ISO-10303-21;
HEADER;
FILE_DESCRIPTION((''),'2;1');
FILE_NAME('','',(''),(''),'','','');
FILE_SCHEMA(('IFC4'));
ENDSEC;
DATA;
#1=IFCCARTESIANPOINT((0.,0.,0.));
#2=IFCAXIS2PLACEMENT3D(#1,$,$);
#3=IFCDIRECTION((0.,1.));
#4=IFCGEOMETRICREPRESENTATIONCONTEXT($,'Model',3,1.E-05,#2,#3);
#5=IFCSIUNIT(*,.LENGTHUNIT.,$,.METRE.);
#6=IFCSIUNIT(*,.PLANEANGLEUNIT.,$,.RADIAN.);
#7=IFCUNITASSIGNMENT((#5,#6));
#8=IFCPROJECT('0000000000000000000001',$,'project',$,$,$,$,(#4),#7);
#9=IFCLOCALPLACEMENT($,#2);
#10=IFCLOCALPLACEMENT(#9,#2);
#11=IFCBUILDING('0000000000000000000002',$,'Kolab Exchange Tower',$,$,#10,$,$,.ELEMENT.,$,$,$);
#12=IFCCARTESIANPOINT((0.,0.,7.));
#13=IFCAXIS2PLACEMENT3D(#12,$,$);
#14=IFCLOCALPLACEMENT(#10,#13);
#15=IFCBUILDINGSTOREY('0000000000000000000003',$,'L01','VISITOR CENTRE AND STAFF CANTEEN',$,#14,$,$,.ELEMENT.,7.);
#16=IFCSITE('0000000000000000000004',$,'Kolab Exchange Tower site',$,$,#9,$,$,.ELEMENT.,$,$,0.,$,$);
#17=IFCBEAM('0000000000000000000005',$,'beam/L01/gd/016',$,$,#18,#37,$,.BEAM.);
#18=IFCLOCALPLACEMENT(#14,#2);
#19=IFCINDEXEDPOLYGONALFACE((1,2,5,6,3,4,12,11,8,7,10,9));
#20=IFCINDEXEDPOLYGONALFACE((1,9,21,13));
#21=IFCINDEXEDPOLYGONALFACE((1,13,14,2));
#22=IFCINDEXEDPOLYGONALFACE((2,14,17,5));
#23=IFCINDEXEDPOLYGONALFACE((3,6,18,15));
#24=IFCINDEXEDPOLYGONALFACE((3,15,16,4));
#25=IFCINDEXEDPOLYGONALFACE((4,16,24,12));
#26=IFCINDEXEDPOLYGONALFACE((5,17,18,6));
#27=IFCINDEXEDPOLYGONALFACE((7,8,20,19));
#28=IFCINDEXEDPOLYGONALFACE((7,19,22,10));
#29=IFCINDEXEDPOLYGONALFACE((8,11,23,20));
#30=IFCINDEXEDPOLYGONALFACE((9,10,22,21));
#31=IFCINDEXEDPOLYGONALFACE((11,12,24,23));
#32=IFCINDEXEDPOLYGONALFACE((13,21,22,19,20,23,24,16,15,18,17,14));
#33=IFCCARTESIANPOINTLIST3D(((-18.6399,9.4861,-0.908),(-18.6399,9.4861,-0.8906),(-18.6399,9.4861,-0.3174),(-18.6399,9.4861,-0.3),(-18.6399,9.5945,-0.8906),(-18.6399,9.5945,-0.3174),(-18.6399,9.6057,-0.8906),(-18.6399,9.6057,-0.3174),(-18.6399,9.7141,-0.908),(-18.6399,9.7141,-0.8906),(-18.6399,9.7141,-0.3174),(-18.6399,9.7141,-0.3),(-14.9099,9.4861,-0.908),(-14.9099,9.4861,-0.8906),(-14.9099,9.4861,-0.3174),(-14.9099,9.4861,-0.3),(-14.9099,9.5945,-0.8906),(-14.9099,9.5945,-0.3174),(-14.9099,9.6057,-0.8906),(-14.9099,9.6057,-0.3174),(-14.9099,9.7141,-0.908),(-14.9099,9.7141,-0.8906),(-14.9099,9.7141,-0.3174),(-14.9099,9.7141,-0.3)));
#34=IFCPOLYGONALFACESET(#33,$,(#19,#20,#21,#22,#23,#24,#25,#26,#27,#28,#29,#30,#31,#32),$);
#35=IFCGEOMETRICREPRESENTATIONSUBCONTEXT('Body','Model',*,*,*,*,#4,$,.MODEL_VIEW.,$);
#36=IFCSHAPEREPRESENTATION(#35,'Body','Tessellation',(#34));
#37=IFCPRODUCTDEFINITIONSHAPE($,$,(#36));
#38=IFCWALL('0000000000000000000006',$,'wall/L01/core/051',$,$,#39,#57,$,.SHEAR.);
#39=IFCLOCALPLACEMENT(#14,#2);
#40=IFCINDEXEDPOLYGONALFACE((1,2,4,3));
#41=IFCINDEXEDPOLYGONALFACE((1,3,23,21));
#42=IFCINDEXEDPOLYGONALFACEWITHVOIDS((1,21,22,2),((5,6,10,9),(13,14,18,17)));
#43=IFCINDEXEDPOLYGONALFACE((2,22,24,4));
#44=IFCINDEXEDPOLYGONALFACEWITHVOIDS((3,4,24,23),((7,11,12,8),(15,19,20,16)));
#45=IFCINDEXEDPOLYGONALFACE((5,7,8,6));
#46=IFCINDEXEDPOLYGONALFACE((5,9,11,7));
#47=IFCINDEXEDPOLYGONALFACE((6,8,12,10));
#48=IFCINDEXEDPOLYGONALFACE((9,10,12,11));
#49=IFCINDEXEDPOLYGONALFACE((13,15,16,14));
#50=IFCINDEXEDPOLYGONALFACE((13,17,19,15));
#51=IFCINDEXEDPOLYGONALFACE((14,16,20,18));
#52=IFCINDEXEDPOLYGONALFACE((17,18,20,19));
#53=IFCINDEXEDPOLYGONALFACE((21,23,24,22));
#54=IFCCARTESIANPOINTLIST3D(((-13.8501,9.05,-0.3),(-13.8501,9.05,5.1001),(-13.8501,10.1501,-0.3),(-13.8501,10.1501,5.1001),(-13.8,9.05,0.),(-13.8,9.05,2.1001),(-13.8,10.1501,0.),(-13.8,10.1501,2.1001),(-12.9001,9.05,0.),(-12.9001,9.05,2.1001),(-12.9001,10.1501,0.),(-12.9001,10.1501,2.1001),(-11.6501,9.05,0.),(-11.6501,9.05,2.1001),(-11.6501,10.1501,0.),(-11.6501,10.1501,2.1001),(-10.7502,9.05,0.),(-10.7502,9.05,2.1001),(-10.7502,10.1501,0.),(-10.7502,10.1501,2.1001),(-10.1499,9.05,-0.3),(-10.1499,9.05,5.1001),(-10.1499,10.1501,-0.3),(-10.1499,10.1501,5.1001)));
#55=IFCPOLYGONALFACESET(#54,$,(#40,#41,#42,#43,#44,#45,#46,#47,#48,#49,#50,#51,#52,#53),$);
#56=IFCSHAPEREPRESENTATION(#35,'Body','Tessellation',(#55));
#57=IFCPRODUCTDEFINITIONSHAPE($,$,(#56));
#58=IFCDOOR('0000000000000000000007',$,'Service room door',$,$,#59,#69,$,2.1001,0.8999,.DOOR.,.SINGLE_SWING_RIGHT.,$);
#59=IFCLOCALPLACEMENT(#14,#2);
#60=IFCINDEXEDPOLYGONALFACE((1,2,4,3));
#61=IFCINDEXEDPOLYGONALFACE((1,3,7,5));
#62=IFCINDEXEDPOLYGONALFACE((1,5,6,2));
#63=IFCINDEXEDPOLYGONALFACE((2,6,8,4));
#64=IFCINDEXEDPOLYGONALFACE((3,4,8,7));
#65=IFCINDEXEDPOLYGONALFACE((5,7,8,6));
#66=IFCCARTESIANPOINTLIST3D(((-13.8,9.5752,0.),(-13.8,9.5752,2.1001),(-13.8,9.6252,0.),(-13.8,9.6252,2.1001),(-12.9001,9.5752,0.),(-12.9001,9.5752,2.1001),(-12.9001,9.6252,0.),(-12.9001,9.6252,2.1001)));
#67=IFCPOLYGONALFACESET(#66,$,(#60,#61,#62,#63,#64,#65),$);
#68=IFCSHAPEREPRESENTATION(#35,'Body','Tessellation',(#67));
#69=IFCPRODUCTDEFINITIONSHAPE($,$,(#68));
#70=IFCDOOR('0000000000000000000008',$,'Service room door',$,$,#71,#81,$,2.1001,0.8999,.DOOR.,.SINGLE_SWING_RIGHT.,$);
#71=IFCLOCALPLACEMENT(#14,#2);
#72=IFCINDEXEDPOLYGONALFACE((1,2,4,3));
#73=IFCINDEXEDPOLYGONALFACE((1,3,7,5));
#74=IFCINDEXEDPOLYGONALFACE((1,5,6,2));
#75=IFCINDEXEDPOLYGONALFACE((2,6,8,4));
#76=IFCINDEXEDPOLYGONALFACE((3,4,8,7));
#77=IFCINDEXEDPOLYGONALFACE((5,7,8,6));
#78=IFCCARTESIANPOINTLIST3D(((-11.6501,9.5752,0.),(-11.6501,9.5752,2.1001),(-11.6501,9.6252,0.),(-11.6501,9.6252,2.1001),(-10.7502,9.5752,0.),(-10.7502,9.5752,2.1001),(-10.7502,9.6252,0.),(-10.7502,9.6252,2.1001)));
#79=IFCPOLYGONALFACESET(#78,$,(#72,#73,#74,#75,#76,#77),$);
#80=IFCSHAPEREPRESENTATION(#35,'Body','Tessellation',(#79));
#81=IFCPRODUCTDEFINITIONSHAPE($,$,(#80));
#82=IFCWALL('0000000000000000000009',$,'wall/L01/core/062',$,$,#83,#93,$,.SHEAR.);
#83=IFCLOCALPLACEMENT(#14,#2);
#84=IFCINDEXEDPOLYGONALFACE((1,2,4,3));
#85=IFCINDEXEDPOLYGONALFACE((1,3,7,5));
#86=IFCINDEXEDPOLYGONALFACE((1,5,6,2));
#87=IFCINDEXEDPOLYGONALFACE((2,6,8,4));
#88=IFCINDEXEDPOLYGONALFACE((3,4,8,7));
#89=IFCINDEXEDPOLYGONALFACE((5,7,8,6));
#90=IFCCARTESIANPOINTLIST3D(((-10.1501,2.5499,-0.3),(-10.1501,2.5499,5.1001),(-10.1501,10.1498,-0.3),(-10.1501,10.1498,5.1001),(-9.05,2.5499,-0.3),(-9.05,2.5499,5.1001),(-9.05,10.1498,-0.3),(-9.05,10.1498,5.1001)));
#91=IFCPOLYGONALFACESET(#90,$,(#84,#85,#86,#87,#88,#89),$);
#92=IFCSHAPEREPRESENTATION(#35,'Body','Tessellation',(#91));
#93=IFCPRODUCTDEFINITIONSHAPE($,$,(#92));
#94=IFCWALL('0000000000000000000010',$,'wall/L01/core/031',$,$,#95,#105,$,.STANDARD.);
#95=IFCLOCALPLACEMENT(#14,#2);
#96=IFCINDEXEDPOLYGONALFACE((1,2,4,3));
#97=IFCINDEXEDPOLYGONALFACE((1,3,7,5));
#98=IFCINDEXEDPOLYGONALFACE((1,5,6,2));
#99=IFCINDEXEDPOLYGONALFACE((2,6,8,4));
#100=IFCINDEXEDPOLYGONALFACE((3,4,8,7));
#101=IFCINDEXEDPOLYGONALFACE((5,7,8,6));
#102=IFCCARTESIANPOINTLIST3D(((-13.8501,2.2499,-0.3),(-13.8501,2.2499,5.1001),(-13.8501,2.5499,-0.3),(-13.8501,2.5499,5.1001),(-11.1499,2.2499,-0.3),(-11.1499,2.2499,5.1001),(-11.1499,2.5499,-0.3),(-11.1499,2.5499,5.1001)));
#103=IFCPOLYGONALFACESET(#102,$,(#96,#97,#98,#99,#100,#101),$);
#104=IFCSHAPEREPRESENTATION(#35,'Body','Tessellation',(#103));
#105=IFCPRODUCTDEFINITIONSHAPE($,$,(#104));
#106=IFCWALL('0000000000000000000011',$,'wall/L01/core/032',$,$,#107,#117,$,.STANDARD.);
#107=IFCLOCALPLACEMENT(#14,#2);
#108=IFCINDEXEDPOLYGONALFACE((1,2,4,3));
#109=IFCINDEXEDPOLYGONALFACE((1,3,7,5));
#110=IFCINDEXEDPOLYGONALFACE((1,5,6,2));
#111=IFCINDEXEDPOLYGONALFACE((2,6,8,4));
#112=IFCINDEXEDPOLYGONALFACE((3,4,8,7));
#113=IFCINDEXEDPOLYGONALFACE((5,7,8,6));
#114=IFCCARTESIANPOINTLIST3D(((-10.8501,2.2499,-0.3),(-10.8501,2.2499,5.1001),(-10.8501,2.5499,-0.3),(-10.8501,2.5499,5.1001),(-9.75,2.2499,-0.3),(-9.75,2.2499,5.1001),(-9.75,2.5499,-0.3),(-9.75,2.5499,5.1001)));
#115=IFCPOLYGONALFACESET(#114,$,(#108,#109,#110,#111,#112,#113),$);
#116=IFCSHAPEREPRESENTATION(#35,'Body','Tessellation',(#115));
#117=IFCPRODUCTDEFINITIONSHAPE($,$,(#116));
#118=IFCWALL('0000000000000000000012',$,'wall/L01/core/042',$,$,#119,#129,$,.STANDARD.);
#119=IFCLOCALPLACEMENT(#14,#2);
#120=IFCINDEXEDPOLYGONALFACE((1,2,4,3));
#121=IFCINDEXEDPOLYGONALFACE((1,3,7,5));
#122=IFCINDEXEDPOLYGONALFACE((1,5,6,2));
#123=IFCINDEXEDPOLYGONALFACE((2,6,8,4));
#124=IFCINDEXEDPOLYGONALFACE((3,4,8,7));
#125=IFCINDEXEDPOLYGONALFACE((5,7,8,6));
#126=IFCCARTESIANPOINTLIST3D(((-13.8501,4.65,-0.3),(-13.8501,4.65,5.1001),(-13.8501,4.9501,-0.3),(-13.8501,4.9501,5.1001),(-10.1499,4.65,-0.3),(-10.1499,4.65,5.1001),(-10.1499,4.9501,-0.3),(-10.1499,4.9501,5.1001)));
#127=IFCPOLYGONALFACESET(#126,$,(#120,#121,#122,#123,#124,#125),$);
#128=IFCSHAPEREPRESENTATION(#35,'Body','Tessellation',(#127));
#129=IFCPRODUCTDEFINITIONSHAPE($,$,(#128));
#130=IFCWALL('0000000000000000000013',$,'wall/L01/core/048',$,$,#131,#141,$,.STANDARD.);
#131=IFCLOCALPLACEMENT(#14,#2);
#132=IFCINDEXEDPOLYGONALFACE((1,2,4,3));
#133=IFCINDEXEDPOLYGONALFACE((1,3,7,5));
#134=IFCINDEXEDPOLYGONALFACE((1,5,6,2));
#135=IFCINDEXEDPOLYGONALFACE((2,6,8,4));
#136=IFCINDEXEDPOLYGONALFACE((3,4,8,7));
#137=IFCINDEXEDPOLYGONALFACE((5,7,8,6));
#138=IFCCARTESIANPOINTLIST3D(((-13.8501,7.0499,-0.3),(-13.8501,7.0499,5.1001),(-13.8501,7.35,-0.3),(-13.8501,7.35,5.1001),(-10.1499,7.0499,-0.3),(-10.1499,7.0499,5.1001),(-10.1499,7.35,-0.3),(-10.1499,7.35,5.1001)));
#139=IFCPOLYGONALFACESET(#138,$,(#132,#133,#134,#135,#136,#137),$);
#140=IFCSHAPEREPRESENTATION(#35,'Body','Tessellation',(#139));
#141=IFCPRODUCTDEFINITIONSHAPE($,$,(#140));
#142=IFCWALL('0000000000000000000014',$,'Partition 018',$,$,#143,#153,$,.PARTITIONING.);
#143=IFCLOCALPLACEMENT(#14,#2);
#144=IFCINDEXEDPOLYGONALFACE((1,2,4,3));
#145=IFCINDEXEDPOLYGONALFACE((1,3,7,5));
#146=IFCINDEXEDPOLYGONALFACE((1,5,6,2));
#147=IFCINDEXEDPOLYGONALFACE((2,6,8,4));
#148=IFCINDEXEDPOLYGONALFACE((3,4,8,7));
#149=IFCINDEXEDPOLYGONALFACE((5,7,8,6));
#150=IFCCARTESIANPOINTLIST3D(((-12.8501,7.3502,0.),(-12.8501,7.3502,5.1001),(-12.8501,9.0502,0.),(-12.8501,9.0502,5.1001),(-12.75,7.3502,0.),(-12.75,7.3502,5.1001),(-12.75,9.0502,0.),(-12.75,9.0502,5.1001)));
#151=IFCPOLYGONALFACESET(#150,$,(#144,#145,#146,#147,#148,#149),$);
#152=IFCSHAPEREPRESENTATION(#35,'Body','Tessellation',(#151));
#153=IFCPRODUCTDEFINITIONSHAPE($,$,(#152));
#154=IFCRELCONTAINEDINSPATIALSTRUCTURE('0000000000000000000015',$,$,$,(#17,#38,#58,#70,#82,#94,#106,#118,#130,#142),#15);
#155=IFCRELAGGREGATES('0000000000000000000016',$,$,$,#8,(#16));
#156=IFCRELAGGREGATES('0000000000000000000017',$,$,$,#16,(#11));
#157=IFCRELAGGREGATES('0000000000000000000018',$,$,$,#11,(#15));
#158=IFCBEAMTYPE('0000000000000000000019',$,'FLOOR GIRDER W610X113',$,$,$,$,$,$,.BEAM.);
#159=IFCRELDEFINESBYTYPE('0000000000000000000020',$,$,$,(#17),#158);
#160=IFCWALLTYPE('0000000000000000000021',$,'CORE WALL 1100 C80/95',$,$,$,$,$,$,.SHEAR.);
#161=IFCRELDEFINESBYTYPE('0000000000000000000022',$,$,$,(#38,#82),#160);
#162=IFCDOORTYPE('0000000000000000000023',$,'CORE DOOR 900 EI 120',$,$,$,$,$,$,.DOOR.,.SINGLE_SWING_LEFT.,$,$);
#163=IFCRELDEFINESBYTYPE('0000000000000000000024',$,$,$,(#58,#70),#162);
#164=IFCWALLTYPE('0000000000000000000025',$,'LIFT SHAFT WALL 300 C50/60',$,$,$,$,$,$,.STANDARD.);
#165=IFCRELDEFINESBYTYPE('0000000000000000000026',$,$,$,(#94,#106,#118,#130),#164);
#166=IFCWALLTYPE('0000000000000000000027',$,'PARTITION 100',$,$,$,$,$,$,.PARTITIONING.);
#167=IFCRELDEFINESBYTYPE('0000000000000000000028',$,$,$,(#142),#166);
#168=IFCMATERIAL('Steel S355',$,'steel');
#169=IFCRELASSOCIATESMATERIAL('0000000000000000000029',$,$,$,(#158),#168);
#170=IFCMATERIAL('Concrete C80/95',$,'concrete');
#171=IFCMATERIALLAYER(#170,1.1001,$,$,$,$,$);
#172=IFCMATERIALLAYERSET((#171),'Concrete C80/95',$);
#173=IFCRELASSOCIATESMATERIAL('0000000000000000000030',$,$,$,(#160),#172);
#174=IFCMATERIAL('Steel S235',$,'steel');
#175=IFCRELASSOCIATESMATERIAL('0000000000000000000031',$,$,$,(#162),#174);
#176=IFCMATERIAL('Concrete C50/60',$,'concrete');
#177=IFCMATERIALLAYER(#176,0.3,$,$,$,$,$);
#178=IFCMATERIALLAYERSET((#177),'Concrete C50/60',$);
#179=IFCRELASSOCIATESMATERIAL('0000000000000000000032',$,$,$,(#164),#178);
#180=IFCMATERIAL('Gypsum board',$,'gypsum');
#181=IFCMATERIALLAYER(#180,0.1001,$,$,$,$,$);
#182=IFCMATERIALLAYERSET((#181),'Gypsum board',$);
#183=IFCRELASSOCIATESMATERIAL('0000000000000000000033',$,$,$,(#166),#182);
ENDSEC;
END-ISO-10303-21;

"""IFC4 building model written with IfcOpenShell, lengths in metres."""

from ifc_helpers import new_model, si_unit, direction, frame, frame_2d, origin, origin_2d, place, context, subcontext, project, spatial, rectangle, i_section, extrude, material, layer, layer_set, material_profile, profile_set, type_object, element, fill, save


model = new_model("IFC4")

# Units and contexts
model_context = context("Model", 3, precision=1e-05, world=origin(), true_north=direction((0.0, 1.0)))
body_context = subcontext(model_context, "Body", "Model", "MODEL_VIEW")
ifc_project = project(units=[si_unit("LENGTHUNIT", "METRE"), si_unit("PLANEANGLEUNIT", "RADIAN")], contexts=[model_context])

# Site, building, storey
site_placement = place(None, origin())
site = spatial("IfcSite", under=ifc_project, at=site_placement, Name="Kolab Exchange Tower site", CompositionType="ELEMENT", RefElevation=0.0)
building_placement = place(site_placement, origin())
building = spatial("IfcBuilding", under=site, at=building_placement, Name="Kolab Exchange Tower", CompositionType="ELEMENT")
storey_placement = place(building_placement, frame((0.0, 0.0, 7.0)))
storey = spatial("IfcBuildingStorey", under=building, at=storey_placement, Name="L01", Description="VISITOR CENTRE AND STAFF CANTEEN", CompositionType="ELEMENT", Elevation=7.0)

# Beam
ifc_material_1 = material(Name="Steel S355", Category="steel")
ifc_material_profile = material_profile(ifc_material_1, i_section(OverallWidth=0.228, OverallDepth=0.6079, WebThickness=0.0112, FlangeThickness=0.0173, at=origin_2d()), Name="W610X113")
ifc_profile_set = profile_set([ifc_material_profile], Name="Steel S355")
beam_type = type_object("IfcBeamType", Name="FLOOR GIRDER W610X113", PredefinedType="BEAM", material=ifc_profile_set)
beam_placement = place(storey_placement, frame((-18.6399, 9.6001, -0.604), z_axis=(1.0, 0.0, 0.0), x_axis=(0.0, 1.0, 0.0)))
element("IfcBeam", 1, at=beam_placement, inside=storey, type_object=beam_type, Name="beam/L01/gd/016", PredefinedType="BEAM", context=body_context, shape_type="SweptSolid", body=[
    extrude(i_section(OverallWidth=0.228, OverallDepth=0.6079, WebThickness=0.0112, FlangeThickness=0.0173, at=origin_2d()), origin(), (0.0, 0.0, 1.0), 3.73),
])

# Wall, openings, doors
ifc_material_2 = material(Name="Concrete C80/95", Category="concrete")
ifc_layer_1 = layer(ifc_material_2, 1.1001)
ifc_layer_set_1 = layer_set([ifc_layer_1], Name="Concrete C80/95")
wall_type_1 = type_object("IfcWallType", Name="CORE WALL 1100 C80/95", PredefinedType="SHEAR", material=ifc_layer_set_1)
wall_1_placement = place(storey_placement, frame((-13.8501, 9.6001, -0.3), z_axis=(0.0, 0.0, 1.0), x_axis=(1.0, 0.0, 0.0)))
wall_1 = element("IfcWall", 2, at=wall_1_placement, inside=storey, type_object=wall_type_1, Name="wall/L01/core/051", PredefinedType="SHEAR", context=body_context, shape_type="SweptSolid", body=[
    extrude(rectangle(XDim=3.7002, YDim=1.1001, at=frame_2d((1.8501, 0.0))), origin(), (0.0, 0.0, 1.0), 5.4001),
])
opening_1_placement = place(wall_1_placement, frame((0.05, 0.0, 0.3)))
opening_1 = element("IfcOpeningElement", 3, at=opening_1_placement, cuts=wall_1, PredefinedType="OPENING", context=body_context, shape_type="SweptSolid", body=[
    extrude(rectangle(XDim=0.8999, YDim=2.1001, at=frame_2d((0.45, 1.05))), frame((0.0, 0.5601, 0.0), z_axis=(0.0, -1.0, 0.0), x_axis=(1.0, 0.0, 0.0)), (0.0, 0.0, 1.0), 1.1201),
])
opening_2_placement = place(wall_1_placement, frame((2.2, 0.0, 0.3)))
opening_2 = element("IfcOpeningElement", 4, at=opening_2_placement, cuts=wall_1, PredefinedType="OPENING", context=body_context, shape_type="SweptSolid", body=[
    extrude(rectangle(XDim=0.8999, YDim=2.1001, at=frame_2d((0.45, 1.05))), frame((0.0, 0.5601, 0.0), z_axis=(0.0, -1.0, 0.0), x_axis=(1.0, 0.0, 0.0)), (0.0, 0.0, 1.0), 1.1201),
])
ifc_material_3 = material(Name="Steel S235", Category="steel")
door_type_1 = type_object("IfcDoorType", Name="CORE DOOR 900 EI 120", OperationType="SINGLE_SWING_LEFT", PredefinedType="DOOR", material=ifc_material_3)
door_1_placement = place(opening_1_placement, frame((0.8999, 0.0, 0.0), z_axis=(0.0, 0.0, 1.0), x_axis=(-1.0, 0.0, 0.0)))
door_1 = element("IfcDoor", 5, at=door_1_placement, inside=storey, type_object=door_type_1, Name="Service room door", OperationType="SINGLE_SWING_RIGHT", OverallHeight=2.1001, OverallWidth=0.8999, PredefinedType="DOOR", context=body_context, shape_type="SweptSolid", body=[
    extrude(rectangle(XDim=0.8999, YDim=2.1001, at=frame_2d((0.45, 1.05))), frame((0.0, 0.0249, 0.0), z_axis=(0.0, -1.0, 0.0), x_axis=(1.0, 0.0, 0.0)), (0.0, 0.0, 1.0), 0.05),
])
fill(opening_1, door_1)
door_2_placement = place(opening_2_placement, frame((0.8999, 0.0, 0.0), z_axis=(0.0, 0.0, 1.0), x_axis=(-1.0, 0.0, 0.0)))
door_2 = element("IfcDoor", 6, at=door_2_placement, inside=storey, type_object=door_type_1, Name="Service room door", OperationType="SINGLE_SWING_RIGHT", OverallHeight=2.1001, OverallWidth=0.8999, PredefinedType="DOOR", context=body_context, shape_type="SweptSolid", body=[
    extrude(rectangle(XDim=0.8999, YDim=2.1001, at=frame_2d((0.45, 1.05))), frame((0.0, 0.0249, 0.0), z_axis=(0.0, -1.0, 0.0), x_axis=(1.0, 0.0, 0.0)), (0.0, 0.0, 1.0), 0.05),
])
fill(opening_2, door_2)

# Walls
wall_2_placement = place(storey_placement, frame((-9.6001, 2.55, -0.3), z_axis=(0.0, 0.0, 1.0), x_axis=(0.0, 1.0, 0.0)))
element("IfcWall", 7, at=wall_2_placement, inside=storey, type_object=wall_type_1, Name="wall/L01/core/062", PredefinedType="SHEAR", context=body_context, shape_type="SweptSolid", body=[
    extrude(rectangle(XDim=7.5999, YDim=1.1001, at=frame_2d((3.7998, 0.0))), origin(), (0.0, 0.0, 1.0), 5.4001),
])
ifc_material_4 = material(Name="Concrete C50/60", Category="concrete")
ifc_layer_2 = layer(ifc_material_4, 0.3)
ifc_layer_set_2 = layer_set([ifc_layer_2], Name="Concrete C50/60")
wall_type_2 = type_object("IfcWallType", Name="LIFT SHAFT WALL 300 C50/60", PredefinedType="STANDARD", material=ifc_layer_set_2)
wall_3_placement = place(storey_placement, frame((-13.8501, 2.3999, -0.3), z_axis=(0.0, 0.0, 1.0), x_axis=(1.0, 0.0, 0.0)))
element("IfcWall", 8, at=wall_3_placement, inside=storey, type_object=wall_type_2, Name="wall/L01/core/031", PredefinedType="STANDARD", context=body_context, shape_type="SweptSolid", body=[
    extrude(rectangle(XDim=2.7002, YDim=0.3, at=frame_2d((1.3501, 0.0))), origin(), (0.0, 0.0, 1.0), 5.4001),
])
wall_4_placement = place(storey_placement, frame((-10.8501, 2.3999, -0.3), z_axis=(0.0, 0.0, 1.0), x_axis=(1.0, 0.0, 0.0)))
element("IfcWall", 9, at=wall_4_placement, inside=storey, type_object=wall_type_2, Name="wall/L01/core/032", PredefinedType="STANDARD", context=body_context, shape_type="SweptSolid", body=[
    extrude(rectangle(XDim=1.1001, YDim=0.3, at=frame_2d((0.55, 0.0))), origin(), (0.0, 0.0, 1.0), 5.4001),
])
for number, where, z_axis, x_axis, name in (
    (10, (-13.8501, 4.8, -0.3), (0.0, 0.0, 1.0), (1.0, 0.0, 0.0), "wall/L01/core/042"),
    (11, (-13.8501, 7.2, -0.3), (0.0, 0.0, 1.0), (1.0, 0.0, 0.0), "wall/L01/core/048"),
):
    element("IfcWall", number, at=place(storey_placement, frame(where, z_axis=z_axis, x_axis=x_axis)), inside=storey, type_object=wall_type_2, Name=name, PredefinedType="STANDARD", context=body_context, shape_type="SweptSolid", body=[
        extrude(rectangle(XDim=3.7002, YDim=0.3, at=frame_2d((1.8501, 0.0))), origin(), (0.0, 0.0, 1.0), 5.4001),
    ])
ifc_material_5 = material(Name="Gypsum board", Category="gypsum")
ifc_layer_3 = layer(ifc_material_5, 0.1001)
ifc_layer_set_3 = layer_set([ifc_layer_3], Name="Gypsum board")
wall_type_3 = type_object("IfcWallType", Name="PARTITION 100", PredefinedType="PARTITIONING", material=ifc_layer_set_3)
wall_5_placement = place(storey_placement, frame((-12.8, 7.3501, 0.0), z_axis=(0.0, 0.0, 1.0), x_axis=(0.0, 1.0, 0.0)))
element("IfcWall", 12, at=wall_5_placement, inside=storey, type_object=wall_type_3, Name="Partition 018", PredefinedType="PARTITIONING", context=body_context, shape_type="SweptSolid", body=[
    extrude(rectangle(XDim=1.7, YDim=0.1001, at=frame_2d((0.8501, 0.0))), origin(), (0.0, 0.0, 1.0), 5.1001),
])

save(model, "model.ifc")
